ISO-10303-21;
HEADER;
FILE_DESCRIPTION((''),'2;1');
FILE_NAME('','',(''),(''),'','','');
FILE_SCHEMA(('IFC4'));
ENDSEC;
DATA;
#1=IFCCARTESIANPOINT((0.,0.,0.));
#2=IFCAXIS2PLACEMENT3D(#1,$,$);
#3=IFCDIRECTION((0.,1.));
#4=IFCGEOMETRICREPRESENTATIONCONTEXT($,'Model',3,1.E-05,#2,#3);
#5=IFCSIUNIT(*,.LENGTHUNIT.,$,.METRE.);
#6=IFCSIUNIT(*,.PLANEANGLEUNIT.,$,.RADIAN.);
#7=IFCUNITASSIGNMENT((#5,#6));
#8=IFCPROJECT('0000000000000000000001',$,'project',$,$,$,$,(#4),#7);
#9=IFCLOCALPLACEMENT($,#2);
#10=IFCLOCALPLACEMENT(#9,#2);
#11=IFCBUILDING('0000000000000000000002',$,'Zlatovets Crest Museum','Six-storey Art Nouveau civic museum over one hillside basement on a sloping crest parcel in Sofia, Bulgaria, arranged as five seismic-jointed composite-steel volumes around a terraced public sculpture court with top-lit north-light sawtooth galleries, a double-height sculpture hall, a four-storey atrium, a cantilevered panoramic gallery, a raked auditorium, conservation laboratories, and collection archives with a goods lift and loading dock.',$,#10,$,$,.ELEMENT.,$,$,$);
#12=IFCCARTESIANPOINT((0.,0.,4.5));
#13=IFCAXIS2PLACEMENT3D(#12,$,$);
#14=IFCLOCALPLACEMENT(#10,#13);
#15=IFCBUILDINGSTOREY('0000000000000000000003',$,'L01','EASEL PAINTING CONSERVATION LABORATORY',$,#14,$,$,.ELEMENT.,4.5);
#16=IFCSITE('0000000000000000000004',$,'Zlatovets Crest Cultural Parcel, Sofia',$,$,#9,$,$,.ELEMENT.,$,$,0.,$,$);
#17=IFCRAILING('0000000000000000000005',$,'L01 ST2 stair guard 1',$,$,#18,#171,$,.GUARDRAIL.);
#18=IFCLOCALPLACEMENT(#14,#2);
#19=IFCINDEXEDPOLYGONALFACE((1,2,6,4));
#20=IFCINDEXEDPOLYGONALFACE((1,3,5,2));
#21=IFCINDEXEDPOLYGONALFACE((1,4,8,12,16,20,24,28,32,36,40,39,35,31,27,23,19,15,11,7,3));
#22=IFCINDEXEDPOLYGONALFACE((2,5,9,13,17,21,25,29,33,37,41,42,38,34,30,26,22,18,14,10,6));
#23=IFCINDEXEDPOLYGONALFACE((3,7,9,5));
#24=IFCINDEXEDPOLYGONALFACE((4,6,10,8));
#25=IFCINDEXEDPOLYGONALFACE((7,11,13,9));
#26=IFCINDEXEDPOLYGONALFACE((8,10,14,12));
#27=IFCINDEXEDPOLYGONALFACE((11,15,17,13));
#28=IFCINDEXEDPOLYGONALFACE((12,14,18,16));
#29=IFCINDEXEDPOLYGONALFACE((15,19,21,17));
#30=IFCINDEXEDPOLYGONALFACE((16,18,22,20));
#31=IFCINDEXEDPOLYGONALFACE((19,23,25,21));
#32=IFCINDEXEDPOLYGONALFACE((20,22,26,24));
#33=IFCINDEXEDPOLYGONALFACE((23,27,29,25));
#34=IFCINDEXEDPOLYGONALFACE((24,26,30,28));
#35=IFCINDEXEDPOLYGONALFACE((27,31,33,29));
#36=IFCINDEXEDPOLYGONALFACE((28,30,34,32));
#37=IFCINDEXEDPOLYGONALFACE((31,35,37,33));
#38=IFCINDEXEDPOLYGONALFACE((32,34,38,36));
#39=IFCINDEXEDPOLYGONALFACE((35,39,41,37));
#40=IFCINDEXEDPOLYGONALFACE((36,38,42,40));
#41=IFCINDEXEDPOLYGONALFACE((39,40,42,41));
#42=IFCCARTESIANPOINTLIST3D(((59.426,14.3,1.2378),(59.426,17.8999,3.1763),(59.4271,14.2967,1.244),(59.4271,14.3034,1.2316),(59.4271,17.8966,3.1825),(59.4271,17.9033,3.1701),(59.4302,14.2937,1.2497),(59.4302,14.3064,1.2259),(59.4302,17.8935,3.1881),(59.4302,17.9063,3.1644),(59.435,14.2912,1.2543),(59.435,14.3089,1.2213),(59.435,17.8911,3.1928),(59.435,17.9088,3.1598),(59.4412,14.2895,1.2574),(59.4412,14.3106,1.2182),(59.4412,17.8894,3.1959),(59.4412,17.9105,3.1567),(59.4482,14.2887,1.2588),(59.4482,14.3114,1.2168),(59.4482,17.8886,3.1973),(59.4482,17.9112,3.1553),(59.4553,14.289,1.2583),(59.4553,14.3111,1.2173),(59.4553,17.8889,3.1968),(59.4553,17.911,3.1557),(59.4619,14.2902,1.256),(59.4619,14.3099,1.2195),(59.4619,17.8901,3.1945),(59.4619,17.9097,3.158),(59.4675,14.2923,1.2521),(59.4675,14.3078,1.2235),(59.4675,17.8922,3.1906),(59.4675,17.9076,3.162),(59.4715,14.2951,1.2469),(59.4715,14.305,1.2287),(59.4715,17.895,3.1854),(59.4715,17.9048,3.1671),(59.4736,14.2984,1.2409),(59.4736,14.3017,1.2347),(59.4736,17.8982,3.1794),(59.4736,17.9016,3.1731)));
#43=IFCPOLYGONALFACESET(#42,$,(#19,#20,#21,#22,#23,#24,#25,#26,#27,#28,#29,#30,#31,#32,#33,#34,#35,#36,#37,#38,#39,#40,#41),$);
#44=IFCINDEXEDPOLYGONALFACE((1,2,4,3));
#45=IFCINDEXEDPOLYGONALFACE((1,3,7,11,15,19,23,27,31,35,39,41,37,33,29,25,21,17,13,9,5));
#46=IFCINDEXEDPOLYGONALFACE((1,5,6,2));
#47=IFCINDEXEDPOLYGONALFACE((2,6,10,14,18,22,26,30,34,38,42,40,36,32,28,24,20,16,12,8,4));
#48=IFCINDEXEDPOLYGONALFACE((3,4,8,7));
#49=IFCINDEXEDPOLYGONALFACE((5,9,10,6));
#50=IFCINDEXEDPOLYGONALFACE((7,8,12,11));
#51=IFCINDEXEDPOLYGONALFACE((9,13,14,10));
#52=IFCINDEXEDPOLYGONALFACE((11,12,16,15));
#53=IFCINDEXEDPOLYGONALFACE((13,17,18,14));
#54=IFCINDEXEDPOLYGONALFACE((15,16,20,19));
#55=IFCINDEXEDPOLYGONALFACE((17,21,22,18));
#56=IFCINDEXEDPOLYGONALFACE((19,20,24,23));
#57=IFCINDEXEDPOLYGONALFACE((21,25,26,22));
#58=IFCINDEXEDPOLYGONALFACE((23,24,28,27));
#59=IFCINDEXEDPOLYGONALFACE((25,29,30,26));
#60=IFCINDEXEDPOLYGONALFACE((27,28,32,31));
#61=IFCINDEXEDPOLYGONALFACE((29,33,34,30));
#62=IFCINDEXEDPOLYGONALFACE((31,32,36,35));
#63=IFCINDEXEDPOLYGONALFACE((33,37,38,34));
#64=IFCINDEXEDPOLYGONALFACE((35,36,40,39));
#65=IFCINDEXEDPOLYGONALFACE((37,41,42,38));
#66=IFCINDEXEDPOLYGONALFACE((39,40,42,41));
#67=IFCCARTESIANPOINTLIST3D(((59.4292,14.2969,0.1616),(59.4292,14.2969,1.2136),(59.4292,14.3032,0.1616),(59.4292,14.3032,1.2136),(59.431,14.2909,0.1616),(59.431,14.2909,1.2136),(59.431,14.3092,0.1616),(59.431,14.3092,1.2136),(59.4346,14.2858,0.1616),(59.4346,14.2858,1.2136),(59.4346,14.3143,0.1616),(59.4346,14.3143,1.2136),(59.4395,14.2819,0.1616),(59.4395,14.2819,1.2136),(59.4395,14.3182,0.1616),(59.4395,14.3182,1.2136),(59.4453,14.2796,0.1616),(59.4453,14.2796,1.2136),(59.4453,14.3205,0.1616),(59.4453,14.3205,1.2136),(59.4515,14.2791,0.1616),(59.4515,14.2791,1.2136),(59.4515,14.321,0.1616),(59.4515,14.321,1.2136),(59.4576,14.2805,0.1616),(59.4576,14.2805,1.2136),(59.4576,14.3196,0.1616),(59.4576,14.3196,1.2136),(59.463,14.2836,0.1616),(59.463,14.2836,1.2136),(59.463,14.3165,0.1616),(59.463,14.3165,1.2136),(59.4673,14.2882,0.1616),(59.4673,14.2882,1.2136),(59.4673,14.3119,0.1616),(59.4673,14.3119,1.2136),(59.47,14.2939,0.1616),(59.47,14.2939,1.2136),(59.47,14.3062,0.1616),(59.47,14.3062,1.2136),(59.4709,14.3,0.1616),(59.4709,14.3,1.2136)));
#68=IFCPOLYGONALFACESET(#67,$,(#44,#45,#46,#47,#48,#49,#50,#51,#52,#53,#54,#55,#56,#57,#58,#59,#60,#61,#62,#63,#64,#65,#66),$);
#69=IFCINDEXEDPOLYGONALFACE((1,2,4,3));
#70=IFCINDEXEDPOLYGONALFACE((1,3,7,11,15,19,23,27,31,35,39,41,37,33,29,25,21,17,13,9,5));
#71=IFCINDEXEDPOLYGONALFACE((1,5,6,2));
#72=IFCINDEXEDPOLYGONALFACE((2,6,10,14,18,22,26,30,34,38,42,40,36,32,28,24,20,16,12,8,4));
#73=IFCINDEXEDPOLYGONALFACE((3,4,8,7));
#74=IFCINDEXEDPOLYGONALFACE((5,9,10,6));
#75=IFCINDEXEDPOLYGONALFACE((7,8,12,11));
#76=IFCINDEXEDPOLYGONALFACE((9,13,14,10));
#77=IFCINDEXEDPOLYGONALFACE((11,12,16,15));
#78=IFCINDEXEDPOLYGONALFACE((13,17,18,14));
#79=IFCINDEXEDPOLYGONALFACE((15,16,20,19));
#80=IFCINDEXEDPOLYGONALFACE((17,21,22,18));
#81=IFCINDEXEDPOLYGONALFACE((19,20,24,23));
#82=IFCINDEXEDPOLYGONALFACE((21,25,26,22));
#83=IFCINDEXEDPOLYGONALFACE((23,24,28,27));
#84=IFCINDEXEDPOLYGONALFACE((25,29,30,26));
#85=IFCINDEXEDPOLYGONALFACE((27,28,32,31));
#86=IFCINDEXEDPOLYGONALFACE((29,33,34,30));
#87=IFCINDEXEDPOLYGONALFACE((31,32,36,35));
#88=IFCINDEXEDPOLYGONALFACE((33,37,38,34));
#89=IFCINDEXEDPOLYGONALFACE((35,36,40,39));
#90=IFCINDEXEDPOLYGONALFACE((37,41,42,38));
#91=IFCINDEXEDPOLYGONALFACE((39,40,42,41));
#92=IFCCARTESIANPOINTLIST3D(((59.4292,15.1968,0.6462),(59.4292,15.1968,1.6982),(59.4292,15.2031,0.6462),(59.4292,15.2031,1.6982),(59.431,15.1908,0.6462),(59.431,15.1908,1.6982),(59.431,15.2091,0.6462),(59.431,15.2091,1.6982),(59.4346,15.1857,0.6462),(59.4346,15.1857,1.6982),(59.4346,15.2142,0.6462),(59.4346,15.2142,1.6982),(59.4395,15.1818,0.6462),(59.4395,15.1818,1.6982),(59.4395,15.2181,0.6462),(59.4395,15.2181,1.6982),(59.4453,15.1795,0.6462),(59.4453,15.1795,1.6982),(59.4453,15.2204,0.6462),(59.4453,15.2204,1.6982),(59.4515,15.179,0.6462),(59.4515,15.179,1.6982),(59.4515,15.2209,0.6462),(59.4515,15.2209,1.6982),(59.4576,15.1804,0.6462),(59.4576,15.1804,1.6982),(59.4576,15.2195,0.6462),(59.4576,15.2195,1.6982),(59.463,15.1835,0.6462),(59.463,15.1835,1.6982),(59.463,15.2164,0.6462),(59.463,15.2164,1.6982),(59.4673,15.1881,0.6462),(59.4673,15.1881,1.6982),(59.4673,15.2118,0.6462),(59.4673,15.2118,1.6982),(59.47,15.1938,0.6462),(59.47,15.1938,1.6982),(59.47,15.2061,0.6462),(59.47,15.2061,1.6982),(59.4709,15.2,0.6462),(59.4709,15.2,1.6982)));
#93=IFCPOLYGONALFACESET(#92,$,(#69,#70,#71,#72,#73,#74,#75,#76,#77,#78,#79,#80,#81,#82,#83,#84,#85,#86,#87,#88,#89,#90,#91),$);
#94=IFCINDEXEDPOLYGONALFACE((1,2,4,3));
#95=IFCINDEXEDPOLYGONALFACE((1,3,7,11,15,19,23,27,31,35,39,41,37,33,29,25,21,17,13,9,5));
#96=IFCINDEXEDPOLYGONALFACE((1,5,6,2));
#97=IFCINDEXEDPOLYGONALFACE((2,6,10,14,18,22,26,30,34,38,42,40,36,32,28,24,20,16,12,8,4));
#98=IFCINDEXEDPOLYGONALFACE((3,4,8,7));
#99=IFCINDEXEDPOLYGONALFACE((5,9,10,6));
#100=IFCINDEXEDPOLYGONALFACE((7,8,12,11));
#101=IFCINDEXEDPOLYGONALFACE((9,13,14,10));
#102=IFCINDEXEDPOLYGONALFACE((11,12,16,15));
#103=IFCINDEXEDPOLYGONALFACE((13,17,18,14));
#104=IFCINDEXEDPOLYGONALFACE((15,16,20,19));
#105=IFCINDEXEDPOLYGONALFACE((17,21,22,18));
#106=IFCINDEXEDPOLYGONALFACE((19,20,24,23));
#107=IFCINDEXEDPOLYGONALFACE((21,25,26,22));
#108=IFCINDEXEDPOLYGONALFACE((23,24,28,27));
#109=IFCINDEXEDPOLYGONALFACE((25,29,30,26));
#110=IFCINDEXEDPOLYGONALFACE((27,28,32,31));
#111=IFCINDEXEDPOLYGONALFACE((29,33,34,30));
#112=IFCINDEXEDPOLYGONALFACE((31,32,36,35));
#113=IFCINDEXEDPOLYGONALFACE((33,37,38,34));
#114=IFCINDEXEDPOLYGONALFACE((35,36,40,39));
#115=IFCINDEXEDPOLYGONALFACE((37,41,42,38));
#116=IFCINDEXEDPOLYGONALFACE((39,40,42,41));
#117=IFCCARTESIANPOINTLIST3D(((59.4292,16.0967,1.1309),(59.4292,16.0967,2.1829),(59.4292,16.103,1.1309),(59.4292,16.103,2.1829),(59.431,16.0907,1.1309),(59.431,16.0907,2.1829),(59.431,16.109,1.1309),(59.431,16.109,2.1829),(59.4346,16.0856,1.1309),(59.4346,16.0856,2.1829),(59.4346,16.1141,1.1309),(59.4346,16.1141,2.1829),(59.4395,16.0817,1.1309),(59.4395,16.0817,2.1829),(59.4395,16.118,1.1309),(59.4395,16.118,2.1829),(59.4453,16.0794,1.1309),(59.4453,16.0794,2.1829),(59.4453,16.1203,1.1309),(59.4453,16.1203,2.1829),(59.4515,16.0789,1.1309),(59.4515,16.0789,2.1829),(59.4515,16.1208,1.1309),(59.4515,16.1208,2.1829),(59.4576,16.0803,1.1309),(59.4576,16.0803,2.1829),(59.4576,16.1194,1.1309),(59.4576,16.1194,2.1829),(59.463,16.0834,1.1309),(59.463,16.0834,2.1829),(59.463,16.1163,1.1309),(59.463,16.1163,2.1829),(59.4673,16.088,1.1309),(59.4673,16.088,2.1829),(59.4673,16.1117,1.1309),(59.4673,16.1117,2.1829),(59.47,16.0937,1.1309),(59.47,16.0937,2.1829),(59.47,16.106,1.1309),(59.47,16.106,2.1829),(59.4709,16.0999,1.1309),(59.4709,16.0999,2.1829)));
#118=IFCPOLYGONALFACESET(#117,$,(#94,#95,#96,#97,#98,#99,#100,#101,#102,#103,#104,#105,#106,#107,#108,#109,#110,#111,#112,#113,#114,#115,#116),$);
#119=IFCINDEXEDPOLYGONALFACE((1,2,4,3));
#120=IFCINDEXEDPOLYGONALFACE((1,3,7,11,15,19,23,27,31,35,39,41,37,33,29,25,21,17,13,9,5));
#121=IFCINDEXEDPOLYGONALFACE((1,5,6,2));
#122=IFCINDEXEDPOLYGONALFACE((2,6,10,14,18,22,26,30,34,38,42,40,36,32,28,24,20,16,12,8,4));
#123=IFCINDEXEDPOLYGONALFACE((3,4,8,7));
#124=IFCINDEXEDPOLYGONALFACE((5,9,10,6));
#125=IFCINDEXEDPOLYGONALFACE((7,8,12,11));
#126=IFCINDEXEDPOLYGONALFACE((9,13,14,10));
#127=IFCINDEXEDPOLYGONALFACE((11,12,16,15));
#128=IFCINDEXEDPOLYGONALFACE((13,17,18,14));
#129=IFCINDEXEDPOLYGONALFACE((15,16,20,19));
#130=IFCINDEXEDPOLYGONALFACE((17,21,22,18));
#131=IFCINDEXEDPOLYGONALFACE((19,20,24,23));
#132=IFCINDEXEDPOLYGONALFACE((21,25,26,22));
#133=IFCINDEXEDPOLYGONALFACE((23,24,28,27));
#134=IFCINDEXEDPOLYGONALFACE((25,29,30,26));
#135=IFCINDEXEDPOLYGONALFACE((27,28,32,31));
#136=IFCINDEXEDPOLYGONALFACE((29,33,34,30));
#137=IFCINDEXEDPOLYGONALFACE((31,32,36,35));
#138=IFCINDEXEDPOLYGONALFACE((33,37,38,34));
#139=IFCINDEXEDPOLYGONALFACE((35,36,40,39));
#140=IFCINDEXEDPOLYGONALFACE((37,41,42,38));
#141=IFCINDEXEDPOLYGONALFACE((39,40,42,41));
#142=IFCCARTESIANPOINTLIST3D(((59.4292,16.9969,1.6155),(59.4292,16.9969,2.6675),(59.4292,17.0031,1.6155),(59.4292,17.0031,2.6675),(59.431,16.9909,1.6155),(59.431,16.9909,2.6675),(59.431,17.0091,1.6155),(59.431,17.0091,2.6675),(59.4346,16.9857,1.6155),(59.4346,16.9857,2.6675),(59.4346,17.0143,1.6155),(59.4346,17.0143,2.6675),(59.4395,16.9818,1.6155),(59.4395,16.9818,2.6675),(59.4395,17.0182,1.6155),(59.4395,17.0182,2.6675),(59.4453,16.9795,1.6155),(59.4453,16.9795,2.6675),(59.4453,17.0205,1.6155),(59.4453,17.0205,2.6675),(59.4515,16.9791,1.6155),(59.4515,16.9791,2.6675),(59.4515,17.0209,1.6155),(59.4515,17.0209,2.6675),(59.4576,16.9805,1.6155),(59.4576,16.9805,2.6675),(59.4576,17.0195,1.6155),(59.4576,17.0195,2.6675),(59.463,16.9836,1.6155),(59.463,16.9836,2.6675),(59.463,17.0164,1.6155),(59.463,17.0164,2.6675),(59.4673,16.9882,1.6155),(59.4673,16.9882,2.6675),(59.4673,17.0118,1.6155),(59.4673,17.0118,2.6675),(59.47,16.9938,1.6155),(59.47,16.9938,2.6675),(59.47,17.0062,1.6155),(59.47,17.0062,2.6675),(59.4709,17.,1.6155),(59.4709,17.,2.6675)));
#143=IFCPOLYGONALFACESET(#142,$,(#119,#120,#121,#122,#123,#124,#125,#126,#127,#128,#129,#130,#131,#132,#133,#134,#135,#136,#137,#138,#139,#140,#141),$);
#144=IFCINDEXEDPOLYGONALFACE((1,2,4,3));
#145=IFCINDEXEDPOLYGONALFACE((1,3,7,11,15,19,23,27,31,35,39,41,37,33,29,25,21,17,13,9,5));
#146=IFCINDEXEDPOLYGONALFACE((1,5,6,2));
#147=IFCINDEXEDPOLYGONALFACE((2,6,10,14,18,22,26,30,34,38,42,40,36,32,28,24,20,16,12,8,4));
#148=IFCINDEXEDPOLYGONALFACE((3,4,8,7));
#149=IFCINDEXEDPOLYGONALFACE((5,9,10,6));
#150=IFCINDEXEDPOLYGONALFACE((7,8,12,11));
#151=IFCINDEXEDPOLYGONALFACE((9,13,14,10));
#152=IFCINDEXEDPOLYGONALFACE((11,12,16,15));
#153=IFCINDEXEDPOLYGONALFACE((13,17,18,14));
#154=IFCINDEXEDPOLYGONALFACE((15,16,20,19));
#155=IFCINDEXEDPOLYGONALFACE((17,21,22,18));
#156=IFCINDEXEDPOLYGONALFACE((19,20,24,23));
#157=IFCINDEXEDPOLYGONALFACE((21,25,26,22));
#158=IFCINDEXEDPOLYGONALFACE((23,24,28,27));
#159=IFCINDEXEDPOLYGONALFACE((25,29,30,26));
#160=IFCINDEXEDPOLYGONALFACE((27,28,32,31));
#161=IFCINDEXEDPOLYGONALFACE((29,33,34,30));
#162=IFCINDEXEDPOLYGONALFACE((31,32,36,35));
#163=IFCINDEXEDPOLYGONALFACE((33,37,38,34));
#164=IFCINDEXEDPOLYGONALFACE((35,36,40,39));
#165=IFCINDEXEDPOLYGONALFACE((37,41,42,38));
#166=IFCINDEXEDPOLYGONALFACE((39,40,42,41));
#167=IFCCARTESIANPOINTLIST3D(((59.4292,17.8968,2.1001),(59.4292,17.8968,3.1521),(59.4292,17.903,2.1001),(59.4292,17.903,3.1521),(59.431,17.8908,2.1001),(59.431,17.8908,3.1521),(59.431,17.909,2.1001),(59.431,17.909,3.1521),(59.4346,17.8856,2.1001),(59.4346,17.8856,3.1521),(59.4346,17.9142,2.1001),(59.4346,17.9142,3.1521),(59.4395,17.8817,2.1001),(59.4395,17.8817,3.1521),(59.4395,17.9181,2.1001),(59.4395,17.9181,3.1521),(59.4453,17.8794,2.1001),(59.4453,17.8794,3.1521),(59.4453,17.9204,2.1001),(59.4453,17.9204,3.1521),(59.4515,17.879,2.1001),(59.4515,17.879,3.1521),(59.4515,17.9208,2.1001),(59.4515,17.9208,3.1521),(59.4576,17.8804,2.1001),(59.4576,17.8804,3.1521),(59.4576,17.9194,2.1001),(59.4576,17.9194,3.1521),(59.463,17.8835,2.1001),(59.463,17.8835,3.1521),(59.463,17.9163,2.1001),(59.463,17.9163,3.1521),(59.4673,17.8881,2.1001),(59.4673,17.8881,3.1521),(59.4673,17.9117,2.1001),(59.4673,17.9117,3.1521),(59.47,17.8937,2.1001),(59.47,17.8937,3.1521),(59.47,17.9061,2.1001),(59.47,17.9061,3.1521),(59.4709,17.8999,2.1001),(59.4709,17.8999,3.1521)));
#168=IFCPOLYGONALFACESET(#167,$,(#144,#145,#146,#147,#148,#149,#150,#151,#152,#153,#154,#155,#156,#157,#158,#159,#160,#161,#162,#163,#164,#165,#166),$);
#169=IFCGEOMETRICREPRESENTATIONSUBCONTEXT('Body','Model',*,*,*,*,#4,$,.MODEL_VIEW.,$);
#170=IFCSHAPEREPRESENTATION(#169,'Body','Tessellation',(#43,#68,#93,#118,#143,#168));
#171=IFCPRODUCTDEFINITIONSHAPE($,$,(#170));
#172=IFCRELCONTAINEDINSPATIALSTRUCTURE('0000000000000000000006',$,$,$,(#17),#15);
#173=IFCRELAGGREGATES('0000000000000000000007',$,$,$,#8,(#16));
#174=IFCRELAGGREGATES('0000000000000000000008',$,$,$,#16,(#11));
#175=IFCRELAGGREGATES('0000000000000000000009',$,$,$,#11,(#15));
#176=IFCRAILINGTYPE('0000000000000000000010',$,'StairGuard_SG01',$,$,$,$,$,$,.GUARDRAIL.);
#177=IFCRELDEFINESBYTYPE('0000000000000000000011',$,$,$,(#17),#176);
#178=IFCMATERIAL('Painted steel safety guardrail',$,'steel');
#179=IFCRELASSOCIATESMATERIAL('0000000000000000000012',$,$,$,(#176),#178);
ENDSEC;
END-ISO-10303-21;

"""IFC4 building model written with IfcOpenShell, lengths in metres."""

from ifc_helpers import new_model, si_unit, direction, frame, origin, origin_2d, place, context, subcontext, project, spatial, circle, extrude, material, type_object, element, save


model = new_model("IFC4")

# Units and contexts
model_context = context("Model", 3, precision=1e-05, world=origin(), true_north=direction((0.0, 1.0)))
body_context = subcontext(model_context, "Body", "Model", "MODEL_VIEW")
ifc_project = project(units=[si_unit("LENGTHUNIT", "METRE"), si_unit("PLANEANGLEUNIT", "RADIAN")], contexts=[model_context])

# Site, building, storey
site_placement = place(None, origin())
site = spatial("IfcSite", under=ifc_project, at=site_placement, Name="Zlatovets Crest Cultural Parcel, Sofia", CompositionType="ELEMENT", RefElevation=0.0)
building_placement = place(site_placement, origin())
building = spatial("IfcBuilding", under=site, at=building_placement, Name="Zlatovets Crest Museum", Description="Six-storey Art Nouveau civic museum over one hillside basement on a sloping crest parcel in Sofia, Bulgaria, arranged as five seismic-jointed composite-steel volumes around a terraced public sculpture court with top-lit north-light sawtooth galleries, a double-height sculpture hall, a four-storey atrium, a cantilevered panoramic gallery, a raked auditorium, conservation laboratories, and collection archives with a goods lift and loading dock.", CompositionType="ELEMENT")
storey_placement = place(building_placement, frame((0.0, 0.0, 4.5)))
storey = spatial("IfcBuildingStorey", under=building, at=storey_placement, Name="L01", Description="EASEL PAINTING CONSERVATION LABORATORY", CompositionType="ELEMENT", Elevation=4.5)

# Railing
ifc_material_1 = material(Name="Painted steel safety guardrail", Category="steel")
railing_type_1 = type_object("IfcRailingType", Name="StairGuard_SG01", PredefinedType="GUARDRAIL", material=ifc_material_1)
railing_1_placement = place(storey_placement, frame((59.45, 14.3, 0.1616)))
element("IfcRailing", 1, at=railing_1_placement, inside=storey, type_object=railing_type_1, Name="L01 ST2 stair guard 1", PredefinedType="GUARDRAIL", context=body_context, shape_type="SweptSolid", body=[
    extrude(circle(Radius=0.0239, at=origin_2d()), frame((0.0, 0.0, 1.0762), z_axis=(0.0, 0.880462, 0.474118), x_axis=(-1.0, 0.0, 0.0)), (0.0, 0.0, 1.0), 4.0886),
    extrude(circle(Radius=0.021, at=origin_2d()), origin(), (0.0, 0.0, 1.0), 1.052),
    extrude(circle(Radius=0.021, at=origin_2d()), frame((0.0, 0.8999, 0.4846)), (0.0, 0.0, 1.0), 1.052),
    extrude(circle(Radius=0.021, at=origin_2d()), frame((0.0, 1.7998, 0.9692)), (0.0, 0.0, 1.0), 1.052),
    extrude(circle(Radius=0.021, at=origin_2d()), frame((0.0, 2.7, 1.4539)), (0.0, 0.0, 1.0), 1.052),
    extrude(circle(Radius=0.021, at=origin_2d()), frame((0.0, 3.5999, 1.9385)), (0.0, 0.0, 1.0), 1.052),
])

save(model, "model.ifc")
